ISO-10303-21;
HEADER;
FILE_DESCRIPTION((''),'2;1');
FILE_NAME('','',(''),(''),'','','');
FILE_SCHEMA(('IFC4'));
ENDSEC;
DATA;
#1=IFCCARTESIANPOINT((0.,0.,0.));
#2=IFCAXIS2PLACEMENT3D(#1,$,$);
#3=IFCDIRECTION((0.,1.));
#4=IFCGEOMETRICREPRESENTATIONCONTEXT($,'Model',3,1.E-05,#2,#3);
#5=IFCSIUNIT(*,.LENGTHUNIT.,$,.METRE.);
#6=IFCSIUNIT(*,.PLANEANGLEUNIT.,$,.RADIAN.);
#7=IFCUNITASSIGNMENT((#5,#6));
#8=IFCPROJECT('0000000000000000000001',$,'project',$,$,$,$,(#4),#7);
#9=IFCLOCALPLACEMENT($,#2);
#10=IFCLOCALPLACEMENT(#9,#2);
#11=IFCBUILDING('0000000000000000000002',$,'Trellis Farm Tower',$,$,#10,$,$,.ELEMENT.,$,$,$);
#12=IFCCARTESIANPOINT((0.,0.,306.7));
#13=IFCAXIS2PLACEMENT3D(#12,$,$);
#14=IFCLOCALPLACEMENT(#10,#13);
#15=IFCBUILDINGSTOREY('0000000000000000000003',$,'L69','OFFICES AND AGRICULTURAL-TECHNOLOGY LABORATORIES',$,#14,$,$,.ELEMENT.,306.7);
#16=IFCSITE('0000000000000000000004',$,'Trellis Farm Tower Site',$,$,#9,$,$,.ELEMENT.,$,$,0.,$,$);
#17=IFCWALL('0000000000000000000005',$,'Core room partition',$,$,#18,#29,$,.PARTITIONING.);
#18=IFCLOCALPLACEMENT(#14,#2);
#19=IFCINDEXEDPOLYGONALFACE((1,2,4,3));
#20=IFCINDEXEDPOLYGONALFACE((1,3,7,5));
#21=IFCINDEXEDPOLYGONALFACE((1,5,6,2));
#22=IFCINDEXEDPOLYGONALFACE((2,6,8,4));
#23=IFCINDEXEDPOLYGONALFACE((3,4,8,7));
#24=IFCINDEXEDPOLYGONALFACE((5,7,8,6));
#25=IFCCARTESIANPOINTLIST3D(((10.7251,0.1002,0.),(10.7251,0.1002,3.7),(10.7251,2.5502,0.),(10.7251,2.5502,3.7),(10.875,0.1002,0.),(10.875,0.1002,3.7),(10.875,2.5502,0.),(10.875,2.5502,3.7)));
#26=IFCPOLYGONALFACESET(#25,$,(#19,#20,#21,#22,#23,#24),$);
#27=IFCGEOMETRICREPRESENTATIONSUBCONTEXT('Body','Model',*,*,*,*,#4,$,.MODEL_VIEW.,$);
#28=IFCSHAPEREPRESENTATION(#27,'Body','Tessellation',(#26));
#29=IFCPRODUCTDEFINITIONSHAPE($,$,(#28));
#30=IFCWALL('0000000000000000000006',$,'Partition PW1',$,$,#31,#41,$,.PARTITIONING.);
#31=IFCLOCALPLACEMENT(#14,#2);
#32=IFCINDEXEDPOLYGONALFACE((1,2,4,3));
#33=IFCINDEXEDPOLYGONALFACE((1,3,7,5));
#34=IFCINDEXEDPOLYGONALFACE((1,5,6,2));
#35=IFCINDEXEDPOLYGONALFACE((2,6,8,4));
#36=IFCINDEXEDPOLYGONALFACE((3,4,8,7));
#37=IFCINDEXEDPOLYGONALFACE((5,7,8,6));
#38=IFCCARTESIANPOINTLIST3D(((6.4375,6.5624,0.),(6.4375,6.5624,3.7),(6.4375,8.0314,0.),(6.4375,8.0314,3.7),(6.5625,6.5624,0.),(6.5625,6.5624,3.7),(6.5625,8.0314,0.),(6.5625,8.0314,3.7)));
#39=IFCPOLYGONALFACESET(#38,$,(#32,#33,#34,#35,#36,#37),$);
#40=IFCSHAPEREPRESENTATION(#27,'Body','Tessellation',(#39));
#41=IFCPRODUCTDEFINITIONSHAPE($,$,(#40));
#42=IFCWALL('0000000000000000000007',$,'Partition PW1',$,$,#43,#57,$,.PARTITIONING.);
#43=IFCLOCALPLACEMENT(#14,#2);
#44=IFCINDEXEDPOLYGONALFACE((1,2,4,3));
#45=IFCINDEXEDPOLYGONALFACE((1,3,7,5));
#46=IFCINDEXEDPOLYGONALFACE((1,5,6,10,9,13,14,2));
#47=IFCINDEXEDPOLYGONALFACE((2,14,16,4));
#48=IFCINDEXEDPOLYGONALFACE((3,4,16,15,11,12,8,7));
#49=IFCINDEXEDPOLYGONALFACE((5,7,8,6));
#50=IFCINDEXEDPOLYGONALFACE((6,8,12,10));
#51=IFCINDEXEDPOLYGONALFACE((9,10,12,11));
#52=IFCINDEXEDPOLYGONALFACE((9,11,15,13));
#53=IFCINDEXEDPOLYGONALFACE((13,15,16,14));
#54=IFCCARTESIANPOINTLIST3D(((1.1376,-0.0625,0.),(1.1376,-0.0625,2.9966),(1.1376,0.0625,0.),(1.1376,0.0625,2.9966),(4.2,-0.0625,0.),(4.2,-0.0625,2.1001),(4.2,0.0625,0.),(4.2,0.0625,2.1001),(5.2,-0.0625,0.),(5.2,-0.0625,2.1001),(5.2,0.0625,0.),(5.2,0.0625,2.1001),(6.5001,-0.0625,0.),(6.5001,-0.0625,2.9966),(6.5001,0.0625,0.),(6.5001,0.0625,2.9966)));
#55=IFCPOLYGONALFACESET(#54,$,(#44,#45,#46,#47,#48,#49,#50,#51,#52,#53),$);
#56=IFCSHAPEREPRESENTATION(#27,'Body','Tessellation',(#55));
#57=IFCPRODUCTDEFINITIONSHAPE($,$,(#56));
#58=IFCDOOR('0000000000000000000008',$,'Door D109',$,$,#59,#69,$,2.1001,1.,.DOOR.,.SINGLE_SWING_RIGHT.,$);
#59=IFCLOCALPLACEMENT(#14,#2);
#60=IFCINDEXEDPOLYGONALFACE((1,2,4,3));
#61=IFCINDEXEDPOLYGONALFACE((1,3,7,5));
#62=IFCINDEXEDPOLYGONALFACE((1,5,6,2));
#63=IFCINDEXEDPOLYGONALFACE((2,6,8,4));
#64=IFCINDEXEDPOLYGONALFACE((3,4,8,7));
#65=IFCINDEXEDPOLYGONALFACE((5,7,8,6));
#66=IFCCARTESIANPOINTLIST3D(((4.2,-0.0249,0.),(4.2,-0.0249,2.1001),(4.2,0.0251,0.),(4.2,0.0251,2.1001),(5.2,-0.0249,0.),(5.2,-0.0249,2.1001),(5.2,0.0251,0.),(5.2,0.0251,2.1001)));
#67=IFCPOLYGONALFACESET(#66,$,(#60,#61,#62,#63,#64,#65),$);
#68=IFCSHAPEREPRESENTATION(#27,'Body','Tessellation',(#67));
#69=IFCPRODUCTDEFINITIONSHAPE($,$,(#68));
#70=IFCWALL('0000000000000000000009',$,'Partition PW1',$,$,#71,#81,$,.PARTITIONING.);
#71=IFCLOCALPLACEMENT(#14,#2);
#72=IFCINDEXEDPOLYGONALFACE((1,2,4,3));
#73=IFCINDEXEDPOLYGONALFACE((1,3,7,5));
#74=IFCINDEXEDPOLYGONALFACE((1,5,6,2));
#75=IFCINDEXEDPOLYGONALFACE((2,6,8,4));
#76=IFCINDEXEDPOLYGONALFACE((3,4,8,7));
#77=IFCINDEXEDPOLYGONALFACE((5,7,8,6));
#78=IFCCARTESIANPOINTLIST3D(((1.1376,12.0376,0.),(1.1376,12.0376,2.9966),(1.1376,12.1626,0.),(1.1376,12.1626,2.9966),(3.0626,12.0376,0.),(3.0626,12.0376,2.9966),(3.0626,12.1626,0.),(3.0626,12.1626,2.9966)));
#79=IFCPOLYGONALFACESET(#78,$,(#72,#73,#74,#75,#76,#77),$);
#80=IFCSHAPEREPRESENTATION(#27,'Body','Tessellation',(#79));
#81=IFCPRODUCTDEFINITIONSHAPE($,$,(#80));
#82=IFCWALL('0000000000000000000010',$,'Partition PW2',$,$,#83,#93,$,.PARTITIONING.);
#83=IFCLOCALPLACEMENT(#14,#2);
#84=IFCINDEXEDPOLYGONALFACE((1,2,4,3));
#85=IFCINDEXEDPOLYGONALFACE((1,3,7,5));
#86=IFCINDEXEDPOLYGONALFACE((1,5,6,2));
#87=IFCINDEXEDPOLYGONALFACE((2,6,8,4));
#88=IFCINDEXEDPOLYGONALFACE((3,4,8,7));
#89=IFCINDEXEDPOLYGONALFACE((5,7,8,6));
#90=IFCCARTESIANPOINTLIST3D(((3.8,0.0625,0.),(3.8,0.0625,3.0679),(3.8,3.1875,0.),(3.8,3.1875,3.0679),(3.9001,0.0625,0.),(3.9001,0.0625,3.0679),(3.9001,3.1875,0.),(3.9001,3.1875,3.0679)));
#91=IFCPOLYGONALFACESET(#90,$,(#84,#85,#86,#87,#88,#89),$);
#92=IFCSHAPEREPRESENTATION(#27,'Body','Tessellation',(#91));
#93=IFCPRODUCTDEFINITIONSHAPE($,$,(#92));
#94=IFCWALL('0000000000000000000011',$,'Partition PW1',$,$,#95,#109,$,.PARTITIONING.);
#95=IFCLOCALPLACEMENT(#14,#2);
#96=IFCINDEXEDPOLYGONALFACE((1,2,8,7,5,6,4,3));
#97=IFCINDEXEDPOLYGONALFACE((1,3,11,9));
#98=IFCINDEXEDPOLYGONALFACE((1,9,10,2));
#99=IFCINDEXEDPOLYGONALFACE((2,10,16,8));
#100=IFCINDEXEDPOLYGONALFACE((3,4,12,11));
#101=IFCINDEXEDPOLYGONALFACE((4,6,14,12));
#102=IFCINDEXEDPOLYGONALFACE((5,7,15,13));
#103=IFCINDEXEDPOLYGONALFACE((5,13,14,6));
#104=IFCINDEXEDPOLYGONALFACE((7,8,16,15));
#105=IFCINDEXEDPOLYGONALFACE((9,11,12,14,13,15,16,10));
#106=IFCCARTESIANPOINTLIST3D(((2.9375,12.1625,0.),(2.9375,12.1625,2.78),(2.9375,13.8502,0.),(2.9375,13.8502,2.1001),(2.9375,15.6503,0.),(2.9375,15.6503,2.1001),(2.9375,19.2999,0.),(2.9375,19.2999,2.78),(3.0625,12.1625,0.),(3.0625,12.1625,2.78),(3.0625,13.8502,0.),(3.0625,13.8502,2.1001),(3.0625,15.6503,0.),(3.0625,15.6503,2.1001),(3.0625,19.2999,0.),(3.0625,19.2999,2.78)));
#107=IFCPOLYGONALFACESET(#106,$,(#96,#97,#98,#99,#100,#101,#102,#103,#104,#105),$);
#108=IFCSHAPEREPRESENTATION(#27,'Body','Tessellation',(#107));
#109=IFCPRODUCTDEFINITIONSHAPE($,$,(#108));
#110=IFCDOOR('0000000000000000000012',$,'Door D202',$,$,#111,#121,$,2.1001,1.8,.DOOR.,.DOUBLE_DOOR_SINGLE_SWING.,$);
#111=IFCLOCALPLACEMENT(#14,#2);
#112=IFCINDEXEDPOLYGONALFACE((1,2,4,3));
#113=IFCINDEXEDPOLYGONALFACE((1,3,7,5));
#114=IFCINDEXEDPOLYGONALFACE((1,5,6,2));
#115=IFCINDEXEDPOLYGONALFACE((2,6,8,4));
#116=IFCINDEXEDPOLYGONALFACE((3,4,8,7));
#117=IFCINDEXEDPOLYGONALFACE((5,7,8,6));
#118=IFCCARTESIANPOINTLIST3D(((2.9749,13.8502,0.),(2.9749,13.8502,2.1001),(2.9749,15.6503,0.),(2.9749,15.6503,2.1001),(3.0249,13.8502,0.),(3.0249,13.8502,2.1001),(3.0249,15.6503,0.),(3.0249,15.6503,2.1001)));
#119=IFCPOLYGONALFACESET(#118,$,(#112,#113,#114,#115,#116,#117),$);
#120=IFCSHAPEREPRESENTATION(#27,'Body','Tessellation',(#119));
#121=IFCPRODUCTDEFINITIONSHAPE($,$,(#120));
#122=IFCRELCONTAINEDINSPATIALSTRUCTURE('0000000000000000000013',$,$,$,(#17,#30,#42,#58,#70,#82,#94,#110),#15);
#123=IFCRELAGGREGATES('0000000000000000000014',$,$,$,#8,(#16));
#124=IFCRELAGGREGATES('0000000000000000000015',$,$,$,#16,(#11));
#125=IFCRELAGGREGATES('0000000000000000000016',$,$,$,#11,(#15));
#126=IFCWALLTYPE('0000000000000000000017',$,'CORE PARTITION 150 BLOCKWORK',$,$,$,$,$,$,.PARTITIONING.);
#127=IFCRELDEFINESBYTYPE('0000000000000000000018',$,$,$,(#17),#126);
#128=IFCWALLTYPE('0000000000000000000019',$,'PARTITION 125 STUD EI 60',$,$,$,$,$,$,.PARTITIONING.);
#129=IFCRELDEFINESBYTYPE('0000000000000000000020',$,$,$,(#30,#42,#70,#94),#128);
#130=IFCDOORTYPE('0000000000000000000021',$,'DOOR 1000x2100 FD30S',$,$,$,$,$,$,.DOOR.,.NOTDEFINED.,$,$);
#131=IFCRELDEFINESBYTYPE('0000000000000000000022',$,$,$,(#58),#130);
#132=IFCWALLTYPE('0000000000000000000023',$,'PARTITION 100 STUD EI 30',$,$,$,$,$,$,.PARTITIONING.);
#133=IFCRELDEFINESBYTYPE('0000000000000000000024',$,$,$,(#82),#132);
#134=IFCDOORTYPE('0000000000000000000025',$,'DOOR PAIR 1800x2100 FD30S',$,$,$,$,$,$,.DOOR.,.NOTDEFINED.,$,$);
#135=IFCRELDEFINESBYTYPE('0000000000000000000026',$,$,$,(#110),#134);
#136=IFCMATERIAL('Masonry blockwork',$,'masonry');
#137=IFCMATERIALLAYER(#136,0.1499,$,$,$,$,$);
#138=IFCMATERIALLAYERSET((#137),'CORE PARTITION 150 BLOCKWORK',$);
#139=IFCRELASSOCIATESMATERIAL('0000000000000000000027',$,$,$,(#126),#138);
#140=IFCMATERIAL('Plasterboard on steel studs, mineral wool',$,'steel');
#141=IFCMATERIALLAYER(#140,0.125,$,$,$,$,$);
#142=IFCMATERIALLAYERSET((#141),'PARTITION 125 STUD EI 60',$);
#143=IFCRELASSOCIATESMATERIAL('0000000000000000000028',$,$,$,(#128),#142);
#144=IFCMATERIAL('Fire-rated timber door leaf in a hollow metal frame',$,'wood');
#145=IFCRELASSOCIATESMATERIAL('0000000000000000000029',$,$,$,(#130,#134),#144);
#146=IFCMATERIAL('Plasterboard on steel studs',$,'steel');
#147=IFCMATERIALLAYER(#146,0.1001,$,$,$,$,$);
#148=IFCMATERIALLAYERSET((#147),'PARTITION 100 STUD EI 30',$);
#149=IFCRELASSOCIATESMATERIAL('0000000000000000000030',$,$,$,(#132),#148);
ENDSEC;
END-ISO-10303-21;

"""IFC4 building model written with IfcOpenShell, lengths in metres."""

from ifc_helpers import new_model, si_unit, direction, frame, frame_2d, origin, place, context, subcontext, project, spatial, rectangle, extrude, source, transform, mapped, material, layer, layer_set, type_object, element, fill, save


model = new_model("IFC4")

# Units and contexts
model_context = context("Model", 3, precision=1e-05, world=origin(), true_north=direction((0.0, 1.0)))
body_context = subcontext(model_context, "Body", "Model", "MODEL_VIEW")
ifc_project = project(units=[si_unit("LENGTHUNIT", "METRE"), si_unit("PLANEANGLEUNIT", "RADIAN")], contexts=[model_context])

# Site, building, storey
site_placement = place(None, origin())
site = spatial("IfcSite", under=ifc_project, at=site_placement, Name="Trellis Farm Tower Site", CompositionType="ELEMENT", RefElevation=0.0)
building_placement = place(site_placement, origin())
building = spatial("IfcBuilding", under=site, at=building_placement, Name="Trellis Farm Tower", CompositionType="ELEMENT")
storey_placement = place(building_placement, frame((0.0, 0.0, 306.7)))
storey = spatial("IfcBuildingStorey", under=building, at=storey_placement, Name="L69", Description="OFFICES AND AGRICULTURAL-TECHNOLOGY LABORATORIES", CompositionType="ELEMENT", Elevation=306.7)

# Walls
ifc_material_1 = material(Name="Masonry blockwork", Category="masonry")
ifc_layer_1 = layer(ifc_material_1, 0.1499)
ifc_layer_set_1 = layer_set([ifc_layer_1], Name="CORE PARTITION 150 BLOCKWORK")
wall_type_1 = type_object("IfcWallType", Name="CORE PARTITION 150 BLOCKWORK", PredefinedType="PARTITIONING", material=ifc_layer_set_1)
shared_shape_1 = source(origin(), body_context, "Body", "SweptSolid", [
    extrude(rectangle(XDim=2.45, YDim=0.1499, at=frame_2d((1.2251, 0.0))), origin(), (0.0, 0.0, 1.0), 3.7),
])
for number, where, z_axis, x_axis, name in (
    (1, (10.8, 0.1001, 0.0), (0.0, 0.0, 1.0), (0.0, 1.0, 0.0), "Core room partition"),
):
    element("IfcWall", number, at=place(storey_placement, frame(where, z_axis=z_axis, x_axis=x_axis)), inside=storey, type_object=wall_type_1, Name=name, PredefinedType="PARTITIONING", context=body_context, shape_type="MappedRepresentation", body=[
        mapped(shared_shape_1, transform((0.0, 0.0, 0.0))),
    ])
ifc_material_2 = material(Name="Plasterboard on steel studs, mineral wool", Category="steel")
ifc_layer_2 = layer(ifc_material_2, 0.125)
ifc_layer_set_2 = layer_set([ifc_layer_2], Name="PARTITION 125 STUD EI 60")
wall_type_2 = type_object("IfcWallType", Name="PARTITION 125 STUD EI 60", PredefinedType="PARTITIONING", material=ifc_layer_set_2)
shared_shape_2 = source(origin(), body_context, "Body", "SweptSolid", [
    extrude(rectangle(XDim=1.469, YDim=0.125, at=frame_2d((0.7344, 0.0))), origin(), (0.0, 0.0, 1.0), 3.7),
])
wall_1_placement = place(storey_placement, frame((6.5, 6.5625, 0.0), z_axis=(0.0, 0.0, 1.0), x_axis=(0.0, 1.0, 0.0)))
element("IfcWall", 2, at=wall_1_placement, inside=storey, type_object=wall_type_2, Name="Partition PW1", PredefinedType="PARTITIONING", context=body_context, shape_type="MappedRepresentation", body=[
    mapped(shared_shape_2, transform((0.0, 0.0, 0.0))),
])

# Wall, opening, door
shared_shape_3 = source(origin(), body_context, "Body", "SweptSolid", [
    extrude(rectangle(XDim=5.3625, YDim=0.125, at=frame_2d((2.6812, 0.0))), origin(), (0.0, 0.0, 1.0), 2.9966),
])
wall_2_placement = place(storey_placement, frame((6.5, 0.0, 0.0), z_axis=(0.0, 0.0, 1.0), x_axis=(-1.0, 0.0, 0.0)))
wall_2 = element("IfcWall", 3, at=wall_2_placement, inside=storey, type_object=wall_type_2, Name="Partition PW1", PredefinedType="PARTITIONING", context=body_context, shape_type="MappedRepresentation", body=[
    mapped(shared_shape_3, transform((0.0, 0.0, 0.0))),
])
shared_shape_4 = source(origin(), body_context, "Body", "SweptSolid", [
    extrude(rectangle(XDim=1.0, YDim=2.1001, at=frame_2d((0.5, 1.05))), frame((0.0, 0.0725, 0.0), z_axis=(0.0, -1.0, 0.0), x_axis=(1.0, 0.0, 0.0)), (0.0, 0.0, 1.0), 0.145),
])
opening_1_placement = place(wall_2_placement, frame((1.3, 0.0, 0.0)))
opening_1 = element("IfcOpeningElement", 4, at=opening_1_placement, cuts=wall_2, PredefinedType="OPENING", context=body_context, shape_type="MappedRepresentation", body=[
    mapped(shared_shape_4, transform((0.0, 0.0, 0.0))),
])
ifc_material_3 = material(Name="Fire-rated timber door leaf in a hollow metal frame", Category="wood")
door_type_1 = type_object("IfcDoorType", Name="DOOR 1000x2100 FD30S", OperationType="NOTDEFINED", PredefinedType="DOOR", material=ifc_material_3)
shared_shape_5 = source(origin(), body_context, "Body", "SweptSolid", [
    extrude(rectangle(XDim=1.0, YDim=2.1001, at=frame_2d((0.5, 1.05))), frame((0.0, 0.0249, 0.0), z_axis=(0.0, -1.0, 0.0), x_axis=(1.0, 0.0, 0.0)), (0.0, 0.0, 1.0), 0.05),
])
door_1_placement = place(opening_1_placement, origin())
door_1 = element("IfcDoor", 5, at=door_1_placement, inside=storey, type_object=door_type_1, Name="Door D109", OperationType="SINGLE_SWING_RIGHT", OverallHeight=2.1001, OverallWidth=1.0, PredefinedType="DOOR", context=body_context, shape_type="MappedRepresentation", body=[
    mapped(shared_shape_5, transform((0.0, 0.0, 0.0))),
])
fill(opening_1, door_1)

# Walls
shared_shape_6 = source(origin(), body_context, "Body", "SweptSolid", [
    extrude(rectangle(XDim=1.925, YDim=0.125, at=frame_2d((0.9624, 0.0))), origin(), (0.0, 0.0, 1.0), 2.9966),
])
wall_3_placement = place(storey_placement, frame((3.0625, 12.1001, 0.0), z_axis=(0.0, 0.0, 1.0), x_axis=(-1.0, 0.0, 0.0)))
element("IfcWall", 6, at=wall_3_placement, inside=storey, type_object=wall_type_2, Name="Partition PW1", PredefinedType="PARTITIONING", context=body_context, shape_type="MappedRepresentation", body=[
    mapped(shared_shape_6, transform((0.0, 0.0, 0.0))),
])
ifc_material_4 = material(Name="Plasterboard on steel studs", Category="steel")
ifc_layer_3 = layer(ifc_material_4, 0.1001)
ifc_layer_set_3 = layer_set([ifc_layer_3], Name="PARTITION 100 STUD EI 30")
wall_type_3 = type_object("IfcWallType", Name="PARTITION 100 STUD EI 30", PredefinedType="PARTITIONING", material=ifc_layer_set_3)
shared_shape_7 = source(origin(), body_context, "Body", "SweptSolid", [
    extrude(rectangle(XDim=3.125, YDim=0.1001, at=frame_2d((1.5625, 0.0))), origin(), (0.0, 0.0, 1.0), 3.0679),
])
wall_4_placement = place(storey_placement, frame((3.8501, 0.0625, 0.0), z_axis=(0.0, 0.0, 1.0), x_axis=(0.0, 1.0, 0.0)))
element("IfcWall", 7, at=wall_4_placement, inside=storey, type_object=wall_type_3, Name="Partition PW2", PredefinedType="PARTITIONING", context=body_context, shape_type="MappedRepresentation", body=[
    mapped(shared_shape_7, transform((0.0, 0.0, 0.0))),
])

# Wall, opening, door
shared_shape_8 = source(origin(), body_context, "Body", "SweptSolid", [
    extrude(rectangle(XDim=7.1375, YDim=0.125, at=frame_2d((3.5688, 0.0))), origin(), (0.0, 0.0, 1.0), 2.78),
])
wall_5_placement = place(storey_placement, frame((3.0, 19.3, 0.0), z_axis=(0.0, 0.0, 1.0), x_axis=(0.0, -1.0, 0.0)))
wall_5 = element("IfcWall", 8, at=wall_5_placement, inside=storey, type_object=wall_type_2, Name="Partition PW1", PredefinedType="PARTITIONING", context=body_context, shape_type="MappedRepresentation", body=[
    mapped(shared_shape_8, transform((0.0, 0.0, 0.0))),
])
shared_shape_9 = source(origin(), body_context, "Body", "SweptSolid", [
    extrude(rectangle(XDim=1.8, YDim=2.1001, at=frame_2d((0.8999, 1.05))), frame((0.0, 0.0725, 0.0), z_axis=(0.0, -1.0, 0.0), x_axis=(1.0, 0.0, 0.0)), (0.0, 0.0, 1.0), 0.145),
])
opening_2_placement = place(wall_5_placement, frame((3.6499, 0.0, 0.0)))
opening_2 = element("IfcOpeningElement", 9, at=opening_2_placement, cuts=wall_5, PredefinedType="OPENING", context=body_context, shape_type="MappedRepresentation", body=[
    mapped(shared_shape_9, transform((0.0, 0.0, 0.0))),
])
door_type_2 = type_object("IfcDoorType", Name="DOOR PAIR 1800x2100 FD30S", OperationType="NOTDEFINED", PredefinedType="DOOR", material=ifc_material_3)
shared_shape_10 = source(origin(), body_context, "Body", "SweptSolid", [
    extrude(rectangle(XDim=1.8, YDim=2.1001, at=frame_2d((0.8999, 1.05))), frame((0.0, 0.0249, 0.0), z_axis=(0.0, -1.0, 0.0), x_axis=(1.0, 0.0, 0.0)), (0.0, 0.0, 1.0), 0.05),
])
door_2_placement = place(opening_2_placement, origin())
door_2 = element("IfcDoor", 10, at=door_2_placement, inside=storey, type_object=door_type_2, Name="Door D202", OperationType="DOUBLE_DOOR_SINGLE_SWING", OverallHeight=2.1001, OverallWidth=1.8, PredefinedType="DOOR", context=body_context, shape_type="MappedRepresentation", body=[
    mapped(shared_shape_10, transform((0.0, 0.0, 0.0))),
])
fill(opening_2, door_2)

save(model, "model.ifc")
